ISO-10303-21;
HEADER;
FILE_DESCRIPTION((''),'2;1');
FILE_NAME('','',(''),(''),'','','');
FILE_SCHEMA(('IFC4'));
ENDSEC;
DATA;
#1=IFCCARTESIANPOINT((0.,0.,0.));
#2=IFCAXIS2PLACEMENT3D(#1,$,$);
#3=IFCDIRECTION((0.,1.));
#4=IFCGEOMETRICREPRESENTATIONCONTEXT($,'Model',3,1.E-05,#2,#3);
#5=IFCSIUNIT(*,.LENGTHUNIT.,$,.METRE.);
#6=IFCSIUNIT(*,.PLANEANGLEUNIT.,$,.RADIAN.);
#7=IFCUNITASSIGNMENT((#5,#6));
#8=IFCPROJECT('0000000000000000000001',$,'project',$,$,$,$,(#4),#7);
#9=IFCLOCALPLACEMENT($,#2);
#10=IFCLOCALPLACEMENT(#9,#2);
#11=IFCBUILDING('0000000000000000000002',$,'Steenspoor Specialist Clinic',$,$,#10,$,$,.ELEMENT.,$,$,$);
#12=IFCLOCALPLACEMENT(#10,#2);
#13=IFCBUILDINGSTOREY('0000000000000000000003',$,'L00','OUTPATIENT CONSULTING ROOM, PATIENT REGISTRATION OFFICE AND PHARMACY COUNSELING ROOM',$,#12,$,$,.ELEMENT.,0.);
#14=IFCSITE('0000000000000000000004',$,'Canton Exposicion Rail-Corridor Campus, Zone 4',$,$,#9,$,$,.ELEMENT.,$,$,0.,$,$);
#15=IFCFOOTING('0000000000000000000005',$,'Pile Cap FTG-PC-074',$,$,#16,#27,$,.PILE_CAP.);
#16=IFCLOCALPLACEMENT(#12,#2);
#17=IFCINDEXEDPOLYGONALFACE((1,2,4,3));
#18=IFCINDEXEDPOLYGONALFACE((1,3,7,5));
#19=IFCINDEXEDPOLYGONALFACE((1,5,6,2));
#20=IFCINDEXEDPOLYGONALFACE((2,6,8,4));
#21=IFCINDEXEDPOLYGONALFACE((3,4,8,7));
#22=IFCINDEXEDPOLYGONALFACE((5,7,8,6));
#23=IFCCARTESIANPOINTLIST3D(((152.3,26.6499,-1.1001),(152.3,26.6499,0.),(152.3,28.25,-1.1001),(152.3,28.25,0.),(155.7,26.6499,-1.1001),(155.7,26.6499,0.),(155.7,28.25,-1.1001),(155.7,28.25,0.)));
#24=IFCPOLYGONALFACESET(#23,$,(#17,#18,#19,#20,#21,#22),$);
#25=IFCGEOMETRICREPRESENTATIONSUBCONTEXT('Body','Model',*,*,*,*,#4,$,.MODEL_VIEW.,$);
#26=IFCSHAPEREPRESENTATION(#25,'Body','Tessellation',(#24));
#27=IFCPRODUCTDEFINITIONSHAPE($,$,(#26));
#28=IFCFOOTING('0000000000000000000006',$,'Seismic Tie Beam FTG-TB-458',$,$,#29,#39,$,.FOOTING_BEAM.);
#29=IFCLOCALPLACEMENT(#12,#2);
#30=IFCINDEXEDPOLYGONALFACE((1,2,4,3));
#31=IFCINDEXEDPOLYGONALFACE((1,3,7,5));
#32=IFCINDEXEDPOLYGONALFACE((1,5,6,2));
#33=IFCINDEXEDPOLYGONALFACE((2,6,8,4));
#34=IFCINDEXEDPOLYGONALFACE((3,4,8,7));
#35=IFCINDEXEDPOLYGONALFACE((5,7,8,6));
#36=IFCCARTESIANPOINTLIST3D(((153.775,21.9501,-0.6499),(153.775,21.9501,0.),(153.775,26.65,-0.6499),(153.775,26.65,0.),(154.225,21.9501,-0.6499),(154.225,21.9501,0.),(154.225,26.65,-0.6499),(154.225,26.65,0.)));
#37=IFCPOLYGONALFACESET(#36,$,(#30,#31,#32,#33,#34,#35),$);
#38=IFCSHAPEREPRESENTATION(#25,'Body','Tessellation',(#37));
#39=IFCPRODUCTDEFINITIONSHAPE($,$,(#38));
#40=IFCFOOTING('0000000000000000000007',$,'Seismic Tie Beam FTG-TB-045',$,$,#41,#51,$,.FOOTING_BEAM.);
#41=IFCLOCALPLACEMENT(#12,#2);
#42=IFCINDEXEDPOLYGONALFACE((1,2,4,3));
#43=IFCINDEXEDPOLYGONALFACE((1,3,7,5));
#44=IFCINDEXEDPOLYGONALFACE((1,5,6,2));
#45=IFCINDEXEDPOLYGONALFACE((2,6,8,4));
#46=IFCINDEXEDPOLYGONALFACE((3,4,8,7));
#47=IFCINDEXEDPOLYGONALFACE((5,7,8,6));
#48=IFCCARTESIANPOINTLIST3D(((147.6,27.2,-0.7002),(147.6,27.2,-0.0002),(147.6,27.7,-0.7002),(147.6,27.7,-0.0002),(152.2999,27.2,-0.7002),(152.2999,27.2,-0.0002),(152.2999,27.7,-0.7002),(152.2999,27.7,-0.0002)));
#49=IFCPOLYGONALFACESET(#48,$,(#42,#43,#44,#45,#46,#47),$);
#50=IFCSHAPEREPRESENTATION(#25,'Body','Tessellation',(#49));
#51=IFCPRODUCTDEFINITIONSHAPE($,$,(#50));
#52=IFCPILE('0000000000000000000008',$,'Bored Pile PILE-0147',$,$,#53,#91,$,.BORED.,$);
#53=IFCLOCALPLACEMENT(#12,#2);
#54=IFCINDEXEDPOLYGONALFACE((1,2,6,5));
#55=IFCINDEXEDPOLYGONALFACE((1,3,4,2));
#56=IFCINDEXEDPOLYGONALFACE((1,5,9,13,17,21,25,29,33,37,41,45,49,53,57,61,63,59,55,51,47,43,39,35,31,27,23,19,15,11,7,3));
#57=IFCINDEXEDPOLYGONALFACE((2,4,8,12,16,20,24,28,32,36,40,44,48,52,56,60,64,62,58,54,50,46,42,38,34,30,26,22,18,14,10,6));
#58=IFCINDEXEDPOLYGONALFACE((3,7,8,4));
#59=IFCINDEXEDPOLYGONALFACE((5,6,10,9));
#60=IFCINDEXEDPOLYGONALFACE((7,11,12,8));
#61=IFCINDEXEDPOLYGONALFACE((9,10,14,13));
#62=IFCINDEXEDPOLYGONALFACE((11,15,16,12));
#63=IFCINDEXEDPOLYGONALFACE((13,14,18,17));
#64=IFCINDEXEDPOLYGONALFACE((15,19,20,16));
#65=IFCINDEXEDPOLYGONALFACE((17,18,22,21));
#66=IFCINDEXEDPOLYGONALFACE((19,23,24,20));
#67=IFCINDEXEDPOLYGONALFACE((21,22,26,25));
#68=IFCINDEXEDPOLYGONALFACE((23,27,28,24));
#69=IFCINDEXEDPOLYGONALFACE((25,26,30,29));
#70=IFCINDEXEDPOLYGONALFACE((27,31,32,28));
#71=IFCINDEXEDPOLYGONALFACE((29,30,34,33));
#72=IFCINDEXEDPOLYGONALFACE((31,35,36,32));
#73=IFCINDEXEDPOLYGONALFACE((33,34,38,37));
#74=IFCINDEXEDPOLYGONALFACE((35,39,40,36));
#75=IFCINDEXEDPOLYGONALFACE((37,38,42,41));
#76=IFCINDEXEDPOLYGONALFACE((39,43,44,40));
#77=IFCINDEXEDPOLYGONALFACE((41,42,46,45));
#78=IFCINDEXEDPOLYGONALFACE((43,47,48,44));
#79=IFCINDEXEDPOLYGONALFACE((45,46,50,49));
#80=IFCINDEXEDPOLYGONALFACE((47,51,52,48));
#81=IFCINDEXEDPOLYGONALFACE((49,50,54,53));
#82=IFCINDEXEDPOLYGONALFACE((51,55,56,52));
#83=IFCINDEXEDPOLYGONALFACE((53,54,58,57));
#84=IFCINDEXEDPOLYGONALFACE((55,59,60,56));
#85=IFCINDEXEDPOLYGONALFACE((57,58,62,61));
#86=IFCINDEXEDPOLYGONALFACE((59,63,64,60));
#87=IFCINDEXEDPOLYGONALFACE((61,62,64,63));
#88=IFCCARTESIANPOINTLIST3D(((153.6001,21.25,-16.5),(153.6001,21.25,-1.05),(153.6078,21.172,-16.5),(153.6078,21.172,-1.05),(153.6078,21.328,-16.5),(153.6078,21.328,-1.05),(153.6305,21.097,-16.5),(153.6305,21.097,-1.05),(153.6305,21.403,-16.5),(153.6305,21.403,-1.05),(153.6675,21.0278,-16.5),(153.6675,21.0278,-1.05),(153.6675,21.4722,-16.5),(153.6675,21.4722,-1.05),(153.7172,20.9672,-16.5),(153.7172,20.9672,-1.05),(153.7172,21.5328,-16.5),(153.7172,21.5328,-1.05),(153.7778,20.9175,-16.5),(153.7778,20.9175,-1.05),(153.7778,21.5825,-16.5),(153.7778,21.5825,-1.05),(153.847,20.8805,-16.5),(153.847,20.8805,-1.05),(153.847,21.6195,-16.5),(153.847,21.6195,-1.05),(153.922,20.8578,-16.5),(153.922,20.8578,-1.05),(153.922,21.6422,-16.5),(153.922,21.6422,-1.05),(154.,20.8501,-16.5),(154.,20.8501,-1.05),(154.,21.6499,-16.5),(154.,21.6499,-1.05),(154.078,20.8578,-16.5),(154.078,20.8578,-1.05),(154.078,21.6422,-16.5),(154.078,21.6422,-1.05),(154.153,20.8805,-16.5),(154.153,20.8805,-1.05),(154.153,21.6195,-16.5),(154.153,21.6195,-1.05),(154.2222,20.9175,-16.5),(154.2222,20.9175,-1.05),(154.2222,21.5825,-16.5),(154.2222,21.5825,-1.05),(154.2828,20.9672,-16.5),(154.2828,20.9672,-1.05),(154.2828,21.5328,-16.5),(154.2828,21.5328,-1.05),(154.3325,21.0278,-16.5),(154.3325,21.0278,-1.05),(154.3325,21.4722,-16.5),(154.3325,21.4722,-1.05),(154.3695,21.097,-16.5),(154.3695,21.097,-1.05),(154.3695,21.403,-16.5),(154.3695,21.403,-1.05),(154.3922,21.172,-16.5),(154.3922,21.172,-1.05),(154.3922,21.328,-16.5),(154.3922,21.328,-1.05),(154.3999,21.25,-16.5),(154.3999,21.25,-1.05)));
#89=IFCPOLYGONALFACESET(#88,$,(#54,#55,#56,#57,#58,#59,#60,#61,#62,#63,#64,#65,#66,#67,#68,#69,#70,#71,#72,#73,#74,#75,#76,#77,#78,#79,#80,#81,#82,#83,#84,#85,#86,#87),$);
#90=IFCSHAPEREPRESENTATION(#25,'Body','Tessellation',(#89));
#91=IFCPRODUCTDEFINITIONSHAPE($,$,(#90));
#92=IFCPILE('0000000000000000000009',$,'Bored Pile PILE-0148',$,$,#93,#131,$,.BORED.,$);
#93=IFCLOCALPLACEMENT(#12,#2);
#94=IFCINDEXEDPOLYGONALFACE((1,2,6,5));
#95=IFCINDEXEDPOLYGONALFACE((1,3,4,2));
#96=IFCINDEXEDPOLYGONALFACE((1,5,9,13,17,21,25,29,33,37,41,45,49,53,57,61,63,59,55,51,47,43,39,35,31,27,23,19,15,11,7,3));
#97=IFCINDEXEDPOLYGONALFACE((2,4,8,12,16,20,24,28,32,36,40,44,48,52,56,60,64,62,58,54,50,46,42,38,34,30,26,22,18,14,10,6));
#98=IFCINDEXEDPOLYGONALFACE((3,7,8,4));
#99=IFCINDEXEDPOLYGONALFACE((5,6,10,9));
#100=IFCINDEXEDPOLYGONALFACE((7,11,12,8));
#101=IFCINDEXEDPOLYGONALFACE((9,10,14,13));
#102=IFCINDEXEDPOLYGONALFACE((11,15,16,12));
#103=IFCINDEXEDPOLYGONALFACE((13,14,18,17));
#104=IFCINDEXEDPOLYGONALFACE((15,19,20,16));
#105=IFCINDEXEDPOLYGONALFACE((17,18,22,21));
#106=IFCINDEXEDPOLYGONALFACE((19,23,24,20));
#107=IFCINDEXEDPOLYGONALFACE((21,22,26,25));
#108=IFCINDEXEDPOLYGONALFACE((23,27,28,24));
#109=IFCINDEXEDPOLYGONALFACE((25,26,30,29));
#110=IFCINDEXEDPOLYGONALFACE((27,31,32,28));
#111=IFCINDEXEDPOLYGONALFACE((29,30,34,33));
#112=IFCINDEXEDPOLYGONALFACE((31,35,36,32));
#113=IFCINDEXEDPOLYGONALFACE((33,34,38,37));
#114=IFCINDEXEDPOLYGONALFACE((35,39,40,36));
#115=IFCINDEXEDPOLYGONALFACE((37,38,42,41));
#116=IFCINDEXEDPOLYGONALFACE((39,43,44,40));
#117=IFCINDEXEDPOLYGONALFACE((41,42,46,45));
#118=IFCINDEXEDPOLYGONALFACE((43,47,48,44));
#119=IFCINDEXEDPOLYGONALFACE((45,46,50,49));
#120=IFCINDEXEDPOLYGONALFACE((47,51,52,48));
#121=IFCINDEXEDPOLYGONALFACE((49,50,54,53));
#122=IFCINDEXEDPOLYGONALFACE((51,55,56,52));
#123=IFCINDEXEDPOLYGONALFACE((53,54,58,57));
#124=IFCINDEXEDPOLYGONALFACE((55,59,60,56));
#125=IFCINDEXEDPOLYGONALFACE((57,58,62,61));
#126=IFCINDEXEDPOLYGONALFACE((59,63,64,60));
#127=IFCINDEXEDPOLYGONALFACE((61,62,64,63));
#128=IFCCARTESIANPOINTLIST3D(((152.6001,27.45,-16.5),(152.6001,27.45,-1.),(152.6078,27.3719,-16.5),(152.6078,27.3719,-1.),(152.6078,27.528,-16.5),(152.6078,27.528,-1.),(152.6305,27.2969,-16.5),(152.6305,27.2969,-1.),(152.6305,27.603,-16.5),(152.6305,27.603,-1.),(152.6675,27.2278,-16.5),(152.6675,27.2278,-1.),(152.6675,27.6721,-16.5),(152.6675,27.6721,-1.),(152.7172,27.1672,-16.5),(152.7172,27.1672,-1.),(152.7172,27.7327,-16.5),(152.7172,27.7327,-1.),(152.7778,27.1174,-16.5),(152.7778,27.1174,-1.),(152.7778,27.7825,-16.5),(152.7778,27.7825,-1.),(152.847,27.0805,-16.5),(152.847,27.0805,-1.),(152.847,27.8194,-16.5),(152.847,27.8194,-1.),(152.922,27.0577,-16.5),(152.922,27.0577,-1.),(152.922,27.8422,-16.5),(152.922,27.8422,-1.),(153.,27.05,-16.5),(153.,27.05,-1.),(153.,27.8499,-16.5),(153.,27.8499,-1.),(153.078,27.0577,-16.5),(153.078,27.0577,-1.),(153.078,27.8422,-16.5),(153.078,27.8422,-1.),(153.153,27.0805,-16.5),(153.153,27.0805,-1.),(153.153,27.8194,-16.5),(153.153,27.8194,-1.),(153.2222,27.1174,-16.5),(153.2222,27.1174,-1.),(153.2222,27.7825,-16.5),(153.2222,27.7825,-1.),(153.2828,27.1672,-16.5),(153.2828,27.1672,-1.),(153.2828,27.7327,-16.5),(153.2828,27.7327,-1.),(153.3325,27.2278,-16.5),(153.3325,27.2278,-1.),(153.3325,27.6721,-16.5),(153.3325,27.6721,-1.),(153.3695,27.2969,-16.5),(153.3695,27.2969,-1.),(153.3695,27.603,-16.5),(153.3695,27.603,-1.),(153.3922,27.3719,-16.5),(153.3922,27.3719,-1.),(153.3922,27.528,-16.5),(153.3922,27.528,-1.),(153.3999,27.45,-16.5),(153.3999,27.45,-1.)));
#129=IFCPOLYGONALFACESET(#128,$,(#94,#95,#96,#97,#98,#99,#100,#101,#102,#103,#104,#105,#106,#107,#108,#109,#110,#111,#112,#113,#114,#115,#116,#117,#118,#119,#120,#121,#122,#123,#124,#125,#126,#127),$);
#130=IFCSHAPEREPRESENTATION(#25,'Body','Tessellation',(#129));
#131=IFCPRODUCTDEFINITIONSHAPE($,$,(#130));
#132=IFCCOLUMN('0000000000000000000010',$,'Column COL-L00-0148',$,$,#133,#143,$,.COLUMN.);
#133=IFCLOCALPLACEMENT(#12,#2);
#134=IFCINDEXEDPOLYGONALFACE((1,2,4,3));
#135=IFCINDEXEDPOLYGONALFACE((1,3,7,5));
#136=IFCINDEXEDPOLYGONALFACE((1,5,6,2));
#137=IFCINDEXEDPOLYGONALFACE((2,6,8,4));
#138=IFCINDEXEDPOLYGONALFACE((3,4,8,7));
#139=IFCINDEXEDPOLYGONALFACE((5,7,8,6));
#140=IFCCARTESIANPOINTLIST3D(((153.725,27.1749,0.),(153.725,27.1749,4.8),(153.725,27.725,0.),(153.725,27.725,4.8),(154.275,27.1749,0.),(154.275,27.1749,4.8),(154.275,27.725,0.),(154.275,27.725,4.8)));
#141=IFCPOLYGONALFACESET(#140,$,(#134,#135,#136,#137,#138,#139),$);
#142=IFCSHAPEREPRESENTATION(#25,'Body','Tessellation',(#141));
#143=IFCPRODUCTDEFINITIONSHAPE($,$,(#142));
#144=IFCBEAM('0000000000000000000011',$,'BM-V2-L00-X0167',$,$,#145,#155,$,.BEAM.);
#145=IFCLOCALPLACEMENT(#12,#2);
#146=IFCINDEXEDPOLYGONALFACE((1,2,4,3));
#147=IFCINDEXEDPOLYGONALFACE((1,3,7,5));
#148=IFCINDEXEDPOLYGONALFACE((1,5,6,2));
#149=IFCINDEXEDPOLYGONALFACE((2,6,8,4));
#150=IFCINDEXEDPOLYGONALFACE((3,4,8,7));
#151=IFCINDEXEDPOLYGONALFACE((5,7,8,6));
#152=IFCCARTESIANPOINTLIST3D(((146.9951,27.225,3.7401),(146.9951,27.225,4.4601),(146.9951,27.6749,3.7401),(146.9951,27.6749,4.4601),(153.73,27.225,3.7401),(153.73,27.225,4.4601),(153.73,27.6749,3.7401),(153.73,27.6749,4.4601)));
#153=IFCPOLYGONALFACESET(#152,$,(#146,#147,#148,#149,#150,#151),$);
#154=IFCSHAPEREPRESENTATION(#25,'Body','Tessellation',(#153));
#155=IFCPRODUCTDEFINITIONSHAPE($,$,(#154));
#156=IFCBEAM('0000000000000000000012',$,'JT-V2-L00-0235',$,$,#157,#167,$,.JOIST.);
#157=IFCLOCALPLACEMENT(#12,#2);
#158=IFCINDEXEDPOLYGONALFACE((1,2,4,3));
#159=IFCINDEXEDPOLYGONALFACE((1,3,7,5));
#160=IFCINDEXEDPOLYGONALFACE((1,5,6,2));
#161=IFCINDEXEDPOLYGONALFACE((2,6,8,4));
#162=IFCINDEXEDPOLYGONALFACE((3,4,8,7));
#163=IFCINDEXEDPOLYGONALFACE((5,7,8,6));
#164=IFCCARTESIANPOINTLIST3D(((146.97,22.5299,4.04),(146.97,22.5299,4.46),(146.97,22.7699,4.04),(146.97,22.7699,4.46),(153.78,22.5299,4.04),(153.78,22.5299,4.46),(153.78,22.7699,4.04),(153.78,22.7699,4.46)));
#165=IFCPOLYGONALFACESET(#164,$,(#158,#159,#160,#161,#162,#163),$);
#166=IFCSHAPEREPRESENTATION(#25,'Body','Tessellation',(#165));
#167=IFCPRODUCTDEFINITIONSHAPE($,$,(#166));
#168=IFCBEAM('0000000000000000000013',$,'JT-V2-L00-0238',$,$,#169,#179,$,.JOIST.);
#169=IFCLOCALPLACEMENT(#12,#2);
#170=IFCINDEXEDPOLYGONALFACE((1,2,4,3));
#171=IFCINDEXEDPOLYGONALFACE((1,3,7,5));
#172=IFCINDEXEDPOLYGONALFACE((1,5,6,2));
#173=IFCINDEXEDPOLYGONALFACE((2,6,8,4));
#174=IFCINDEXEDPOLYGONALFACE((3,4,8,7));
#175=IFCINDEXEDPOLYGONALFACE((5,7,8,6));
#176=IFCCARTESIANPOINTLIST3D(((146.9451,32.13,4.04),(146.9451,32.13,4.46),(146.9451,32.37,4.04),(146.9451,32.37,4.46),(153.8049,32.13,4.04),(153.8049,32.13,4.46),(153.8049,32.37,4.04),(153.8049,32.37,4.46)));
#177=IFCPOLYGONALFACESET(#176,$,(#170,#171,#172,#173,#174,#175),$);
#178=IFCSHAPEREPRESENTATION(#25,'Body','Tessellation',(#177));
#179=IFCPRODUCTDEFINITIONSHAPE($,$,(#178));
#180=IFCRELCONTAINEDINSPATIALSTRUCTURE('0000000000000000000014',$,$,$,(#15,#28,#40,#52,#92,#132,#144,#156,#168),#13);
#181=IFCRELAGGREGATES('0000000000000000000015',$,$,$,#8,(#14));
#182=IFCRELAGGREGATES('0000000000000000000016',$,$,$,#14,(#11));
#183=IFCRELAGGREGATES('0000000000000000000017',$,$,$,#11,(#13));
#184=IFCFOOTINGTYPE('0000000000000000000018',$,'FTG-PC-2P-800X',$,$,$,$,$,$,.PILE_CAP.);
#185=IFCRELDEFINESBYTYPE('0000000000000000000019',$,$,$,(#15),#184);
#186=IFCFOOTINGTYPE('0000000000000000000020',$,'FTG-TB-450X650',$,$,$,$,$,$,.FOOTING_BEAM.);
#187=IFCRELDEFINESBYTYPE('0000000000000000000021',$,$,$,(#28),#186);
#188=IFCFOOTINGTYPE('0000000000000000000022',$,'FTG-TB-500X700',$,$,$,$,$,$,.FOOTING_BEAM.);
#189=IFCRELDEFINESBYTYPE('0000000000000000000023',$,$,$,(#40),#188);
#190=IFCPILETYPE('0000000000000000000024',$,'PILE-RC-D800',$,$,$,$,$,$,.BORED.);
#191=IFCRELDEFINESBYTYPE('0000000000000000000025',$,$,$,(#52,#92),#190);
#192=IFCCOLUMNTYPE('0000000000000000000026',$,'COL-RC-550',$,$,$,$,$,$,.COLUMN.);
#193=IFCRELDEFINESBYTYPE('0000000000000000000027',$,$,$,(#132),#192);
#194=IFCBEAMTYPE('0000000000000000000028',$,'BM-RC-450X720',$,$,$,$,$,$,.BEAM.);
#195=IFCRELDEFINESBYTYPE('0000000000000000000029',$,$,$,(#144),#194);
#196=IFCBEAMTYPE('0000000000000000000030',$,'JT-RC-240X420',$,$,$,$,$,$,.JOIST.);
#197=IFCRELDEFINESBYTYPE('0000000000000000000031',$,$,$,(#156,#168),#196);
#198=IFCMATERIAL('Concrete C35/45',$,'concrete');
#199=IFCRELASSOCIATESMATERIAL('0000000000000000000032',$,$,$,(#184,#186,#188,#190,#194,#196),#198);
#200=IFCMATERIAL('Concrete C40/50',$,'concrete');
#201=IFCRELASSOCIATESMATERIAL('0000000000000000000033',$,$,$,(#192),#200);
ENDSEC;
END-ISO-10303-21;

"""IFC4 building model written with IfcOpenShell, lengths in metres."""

from ifc_helpers import new_model, si_unit, direction, frame, origin, origin_2d, place, context, subcontext, project, spatial, rectangle, circle, extrude, material, material_profile, profile_set, type_object, element, save


model = new_model("IFC4")

# Units and contexts
model_context = context("Model", 3, precision=1e-05, world=origin(), true_north=direction((0.0, 1.0)))
body_context = subcontext(model_context, "Body", "Model", "MODEL_VIEW")
ifc_project = project(units=[si_unit("LENGTHUNIT", "METRE"), si_unit("PLANEANGLEUNIT", "RADIAN")], contexts=[model_context])

# Site, building, storey
site_placement = place(None, origin())
site = spatial("IfcSite", under=ifc_project, at=site_placement, Name="Canton Exposicion Rail-Corridor Campus, Zone 4", CompositionType="ELEMENT", RefElevation=0.0)
building_placement = place(site_placement, origin())
building = spatial("IfcBuilding", under=site, at=building_placement, Name="Steenspoor Specialist Clinic", CompositionType="ELEMENT")
storey_placement = place(building_placement, origin())
storey = spatial("IfcBuildingStorey", under=building, at=storey_placement, Name="L00", Description="OUTPATIENT CONSULTING ROOM, PATIENT REGISTRATION OFFICE AND PHARMACY COUNSELING ROOM", CompositionType="ELEMENT", Elevation=0.0)

# Footings
ifc_material_1 = material(Name="Concrete C35/45", Category="concrete")
footing_type_1 = type_object("IfcFootingType", Name="FTG-PC-2P-800X", PredefinedType="PILE_CAP", material=ifc_material_1)
footing_1_placement = place(storey_placement, frame((154.0, 27.45, -1.1001), z_axis=(0.0, 0.0, 1.0), x_axis=(1.0, 0.0, 0.0)))
element("IfcFooting", 1, at=footing_1_placement, inside=storey, type_object=footing_type_1, Name="Pile Cap FTG-PC-074", PredefinedType="PILE_CAP", context=body_context, shape_type="SweptSolid", body=[
    extrude(rectangle(XDim=3.3999, YDim=1.6001, at=origin_2d()), origin(), (0.0, 0.0, 1.0), 1.1001),
])
footing_type_2 = type_object("IfcFootingType", Name="FTG-TB-450X650", PredefinedType="FOOTING_BEAM", material=ifc_material_1)
footing_2_placement = place(storey_placement, frame((154.0, 24.3, -0.6499), z_axis=(0.0, 0.0, 1.0), x_axis=(1.0, 0.0, 0.0)))
element("IfcFooting", 2, at=footing_2_placement, inside=storey, type_object=footing_type_2, Name="Seismic Tie Beam FTG-TB-458", PredefinedType="FOOTING_BEAM", context=body_context, shape_type="SweptSolid", body=[
    extrude(rectangle(XDim=0.45, YDim=4.7, at=origin_2d()), origin(), (0.0, 0.0, 1.0), 0.6499),
])
footing_type_3 = type_object("IfcFootingType", Name="FTG-TB-500X700", PredefinedType="FOOTING_BEAM", material=ifc_material_1)
footing_3_placement = place(storey_placement, frame((149.95, 27.45, -0.7002), z_axis=(0.0, 0.0, 1.0), x_axis=(1.0, 0.0, 0.0)))
element("IfcFooting", 3, at=footing_3_placement, inside=storey, type_object=footing_type_3, Name="Seismic Tie Beam FTG-TB-045", PredefinedType="FOOTING_BEAM", context=body_context, shape_type="SweptSolid", body=[
    extrude(rectangle(XDim=4.7, YDim=0.5, at=origin_2d()), origin(), (0.0, 0.0, 1.0), 0.7),
])

# Piles
ifc_material_profile_1 = material_profile(ifc_material_1, circle(Radius=0.3999, at=origin_2d()), Name="PILE-D800")
ifc_profile_set_1 = profile_set([ifc_material_profile_1], Name="Concrete C35/45")
pile_type = type_object("IfcPileType", Name="PILE-RC-D800", PredefinedType="BORED", material=ifc_profile_set_1)
pile_1_placement = place(storey_placement, frame((154.0, 21.25, -1.05), z_axis=(0.0, 0.0, -1.0), x_axis=(1.0, 0.0, 0.0)))
element("IfcPile", 4, at=pile_1_placement, inside=storey, type_object=pile_type, Name="Bored Pile PILE-0147", PredefinedType="BORED", context=body_context, shape_type="SweptSolid", body=[
    extrude(circle(Radius=0.3999, at=origin_2d()), origin(), (0.0, 0.0, 1.0), 15.45),
])
pile_2_placement = place(storey_placement, frame((153.0, 27.45, -1.0), z_axis=(0.0, 0.0, -1.0), x_axis=(1.0, 0.0, 0.0)))
element("IfcPile", 5, at=pile_2_placement, inside=storey, type_object=pile_type, Name="Bored Pile PILE-0148", PredefinedType="BORED", context=body_context, shape_type="SweptSolid", body=[
    extrude(circle(Radius=0.3999, at=origin_2d()), origin(), (0.0, 0.0, 1.0), 15.5),
])

# Column
ifc_material_2 = material(Name="Concrete C40/50", Category="concrete")
ifc_material_profile_2 = material_profile(ifc_material_2, rectangle(XDim=0.55, YDim=0.55, at=origin_2d()), Name="RC-COL-550X550")
ifc_profile_set_2 = profile_set([ifc_material_profile_2], Name="Concrete C40/50")
column_type = type_object("IfcColumnType", Name="COL-RC-550", PredefinedType="COLUMN", material=ifc_profile_set_2)
column_placement = place(storey_placement, frame((154.0, 27.45, 0.0), z_axis=(0.0, 0.0, 1.0), x_axis=(1.0, 0.0, 0.0)))
element("IfcColumn", 6, at=column_placement, inside=storey, type_object=column_type, Name="Column COL-L00-0148", PredefinedType="COLUMN", context=body_context, shape_type="SweptSolid", body=[
    extrude(rectangle(XDim=0.55, YDim=0.55, at=origin_2d()), origin(), (0.0, 0.0, 1.0), 4.8),
])

# Beams
ifc_material_profile_3 = material_profile(ifc_material_1, rectangle(XDim=0.45, YDim=0.72, at=origin_2d()), Name="RC-BM-450X720")
ifc_profile_set_3 = profile_set([ifc_material_profile_3], Name="Concrete C35/45")
beam_type_1 = type_object("IfcBeamType", Name="BM-RC-450X720", PredefinedType="BEAM", material=ifc_profile_set_3)
beam_1_placement = place(storey_placement, frame((146.9951, 27.45, 4.1001), z_axis=(1.0, 0.0, 0.0), x_axis=(0.0, 1.0, 0.0)))
element("IfcBeam", 7, at=beam_1_placement, inside=storey, type_object=beam_type_1, Name="BM-V2-L00-X0167", PredefinedType="BEAM", context=body_context, shape_type="SweptSolid", body=[
    extrude(rectangle(XDim=0.45, YDim=0.72, at=origin_2d()), origin(), (0.0, 0.0, 1.0), 6.7349),
])
ifc_material_profile_4 = material_profile(ifc_material_1, rectangle(XDim=0.24, YDim=0.4199, at=origin_2d()), Name="RC-JT-240X420")
ifc_profile_set_4 = profile_set([ifc_material_profile_4], Name="Concrete C35/45")
beam_type_2 = type_object("IfcBeamType", Name="JT-RC-240X420", PredefinedType="JOIST", material=ifc_profile_set_4)
beam_2_placement = place(storey_placement, frame((146.97, 22.6499, 4.25), z_axis=(1.0, 0.0, 0.0), x_axis=(0.0, 1.0, 0.0)))
element("IfcBeam", 8, at=beam_2_placement, inside=storey, type_object=beam_type_2, Name="JT-V2-L00-0235", PredefinedType="JOIST", context=body_context, shape_type="SweptSolid", body=[
    extrude(rectangle(XDim=0.24, YDim=0.4199, at=origin_2d()), origin(), (0.0, 0.0, 1.0), 6.8101),
])
beam_3_placement = place(storey_placement, frame((146.9451, 32.25, 4.25), z_axis=(1.0, 0.0, 0.0), x_axis=(0.0, 1.0, 0.0)))
element("IfcBeam", 9, at=beam_3_placement, inside=storey, type_object=beam_type_2, Name="JT-V2-L00-0238", PredefinedType="JOIST", context=body_context, shape_type="SweptSolid", body=[
    extrude(rectangle(XDim=0.24, YDim=0.4199, at=origin_2d()), origin(), (0.0, 0.0, 1.0), 6.8599),
])

save(model, "model.ifc")
